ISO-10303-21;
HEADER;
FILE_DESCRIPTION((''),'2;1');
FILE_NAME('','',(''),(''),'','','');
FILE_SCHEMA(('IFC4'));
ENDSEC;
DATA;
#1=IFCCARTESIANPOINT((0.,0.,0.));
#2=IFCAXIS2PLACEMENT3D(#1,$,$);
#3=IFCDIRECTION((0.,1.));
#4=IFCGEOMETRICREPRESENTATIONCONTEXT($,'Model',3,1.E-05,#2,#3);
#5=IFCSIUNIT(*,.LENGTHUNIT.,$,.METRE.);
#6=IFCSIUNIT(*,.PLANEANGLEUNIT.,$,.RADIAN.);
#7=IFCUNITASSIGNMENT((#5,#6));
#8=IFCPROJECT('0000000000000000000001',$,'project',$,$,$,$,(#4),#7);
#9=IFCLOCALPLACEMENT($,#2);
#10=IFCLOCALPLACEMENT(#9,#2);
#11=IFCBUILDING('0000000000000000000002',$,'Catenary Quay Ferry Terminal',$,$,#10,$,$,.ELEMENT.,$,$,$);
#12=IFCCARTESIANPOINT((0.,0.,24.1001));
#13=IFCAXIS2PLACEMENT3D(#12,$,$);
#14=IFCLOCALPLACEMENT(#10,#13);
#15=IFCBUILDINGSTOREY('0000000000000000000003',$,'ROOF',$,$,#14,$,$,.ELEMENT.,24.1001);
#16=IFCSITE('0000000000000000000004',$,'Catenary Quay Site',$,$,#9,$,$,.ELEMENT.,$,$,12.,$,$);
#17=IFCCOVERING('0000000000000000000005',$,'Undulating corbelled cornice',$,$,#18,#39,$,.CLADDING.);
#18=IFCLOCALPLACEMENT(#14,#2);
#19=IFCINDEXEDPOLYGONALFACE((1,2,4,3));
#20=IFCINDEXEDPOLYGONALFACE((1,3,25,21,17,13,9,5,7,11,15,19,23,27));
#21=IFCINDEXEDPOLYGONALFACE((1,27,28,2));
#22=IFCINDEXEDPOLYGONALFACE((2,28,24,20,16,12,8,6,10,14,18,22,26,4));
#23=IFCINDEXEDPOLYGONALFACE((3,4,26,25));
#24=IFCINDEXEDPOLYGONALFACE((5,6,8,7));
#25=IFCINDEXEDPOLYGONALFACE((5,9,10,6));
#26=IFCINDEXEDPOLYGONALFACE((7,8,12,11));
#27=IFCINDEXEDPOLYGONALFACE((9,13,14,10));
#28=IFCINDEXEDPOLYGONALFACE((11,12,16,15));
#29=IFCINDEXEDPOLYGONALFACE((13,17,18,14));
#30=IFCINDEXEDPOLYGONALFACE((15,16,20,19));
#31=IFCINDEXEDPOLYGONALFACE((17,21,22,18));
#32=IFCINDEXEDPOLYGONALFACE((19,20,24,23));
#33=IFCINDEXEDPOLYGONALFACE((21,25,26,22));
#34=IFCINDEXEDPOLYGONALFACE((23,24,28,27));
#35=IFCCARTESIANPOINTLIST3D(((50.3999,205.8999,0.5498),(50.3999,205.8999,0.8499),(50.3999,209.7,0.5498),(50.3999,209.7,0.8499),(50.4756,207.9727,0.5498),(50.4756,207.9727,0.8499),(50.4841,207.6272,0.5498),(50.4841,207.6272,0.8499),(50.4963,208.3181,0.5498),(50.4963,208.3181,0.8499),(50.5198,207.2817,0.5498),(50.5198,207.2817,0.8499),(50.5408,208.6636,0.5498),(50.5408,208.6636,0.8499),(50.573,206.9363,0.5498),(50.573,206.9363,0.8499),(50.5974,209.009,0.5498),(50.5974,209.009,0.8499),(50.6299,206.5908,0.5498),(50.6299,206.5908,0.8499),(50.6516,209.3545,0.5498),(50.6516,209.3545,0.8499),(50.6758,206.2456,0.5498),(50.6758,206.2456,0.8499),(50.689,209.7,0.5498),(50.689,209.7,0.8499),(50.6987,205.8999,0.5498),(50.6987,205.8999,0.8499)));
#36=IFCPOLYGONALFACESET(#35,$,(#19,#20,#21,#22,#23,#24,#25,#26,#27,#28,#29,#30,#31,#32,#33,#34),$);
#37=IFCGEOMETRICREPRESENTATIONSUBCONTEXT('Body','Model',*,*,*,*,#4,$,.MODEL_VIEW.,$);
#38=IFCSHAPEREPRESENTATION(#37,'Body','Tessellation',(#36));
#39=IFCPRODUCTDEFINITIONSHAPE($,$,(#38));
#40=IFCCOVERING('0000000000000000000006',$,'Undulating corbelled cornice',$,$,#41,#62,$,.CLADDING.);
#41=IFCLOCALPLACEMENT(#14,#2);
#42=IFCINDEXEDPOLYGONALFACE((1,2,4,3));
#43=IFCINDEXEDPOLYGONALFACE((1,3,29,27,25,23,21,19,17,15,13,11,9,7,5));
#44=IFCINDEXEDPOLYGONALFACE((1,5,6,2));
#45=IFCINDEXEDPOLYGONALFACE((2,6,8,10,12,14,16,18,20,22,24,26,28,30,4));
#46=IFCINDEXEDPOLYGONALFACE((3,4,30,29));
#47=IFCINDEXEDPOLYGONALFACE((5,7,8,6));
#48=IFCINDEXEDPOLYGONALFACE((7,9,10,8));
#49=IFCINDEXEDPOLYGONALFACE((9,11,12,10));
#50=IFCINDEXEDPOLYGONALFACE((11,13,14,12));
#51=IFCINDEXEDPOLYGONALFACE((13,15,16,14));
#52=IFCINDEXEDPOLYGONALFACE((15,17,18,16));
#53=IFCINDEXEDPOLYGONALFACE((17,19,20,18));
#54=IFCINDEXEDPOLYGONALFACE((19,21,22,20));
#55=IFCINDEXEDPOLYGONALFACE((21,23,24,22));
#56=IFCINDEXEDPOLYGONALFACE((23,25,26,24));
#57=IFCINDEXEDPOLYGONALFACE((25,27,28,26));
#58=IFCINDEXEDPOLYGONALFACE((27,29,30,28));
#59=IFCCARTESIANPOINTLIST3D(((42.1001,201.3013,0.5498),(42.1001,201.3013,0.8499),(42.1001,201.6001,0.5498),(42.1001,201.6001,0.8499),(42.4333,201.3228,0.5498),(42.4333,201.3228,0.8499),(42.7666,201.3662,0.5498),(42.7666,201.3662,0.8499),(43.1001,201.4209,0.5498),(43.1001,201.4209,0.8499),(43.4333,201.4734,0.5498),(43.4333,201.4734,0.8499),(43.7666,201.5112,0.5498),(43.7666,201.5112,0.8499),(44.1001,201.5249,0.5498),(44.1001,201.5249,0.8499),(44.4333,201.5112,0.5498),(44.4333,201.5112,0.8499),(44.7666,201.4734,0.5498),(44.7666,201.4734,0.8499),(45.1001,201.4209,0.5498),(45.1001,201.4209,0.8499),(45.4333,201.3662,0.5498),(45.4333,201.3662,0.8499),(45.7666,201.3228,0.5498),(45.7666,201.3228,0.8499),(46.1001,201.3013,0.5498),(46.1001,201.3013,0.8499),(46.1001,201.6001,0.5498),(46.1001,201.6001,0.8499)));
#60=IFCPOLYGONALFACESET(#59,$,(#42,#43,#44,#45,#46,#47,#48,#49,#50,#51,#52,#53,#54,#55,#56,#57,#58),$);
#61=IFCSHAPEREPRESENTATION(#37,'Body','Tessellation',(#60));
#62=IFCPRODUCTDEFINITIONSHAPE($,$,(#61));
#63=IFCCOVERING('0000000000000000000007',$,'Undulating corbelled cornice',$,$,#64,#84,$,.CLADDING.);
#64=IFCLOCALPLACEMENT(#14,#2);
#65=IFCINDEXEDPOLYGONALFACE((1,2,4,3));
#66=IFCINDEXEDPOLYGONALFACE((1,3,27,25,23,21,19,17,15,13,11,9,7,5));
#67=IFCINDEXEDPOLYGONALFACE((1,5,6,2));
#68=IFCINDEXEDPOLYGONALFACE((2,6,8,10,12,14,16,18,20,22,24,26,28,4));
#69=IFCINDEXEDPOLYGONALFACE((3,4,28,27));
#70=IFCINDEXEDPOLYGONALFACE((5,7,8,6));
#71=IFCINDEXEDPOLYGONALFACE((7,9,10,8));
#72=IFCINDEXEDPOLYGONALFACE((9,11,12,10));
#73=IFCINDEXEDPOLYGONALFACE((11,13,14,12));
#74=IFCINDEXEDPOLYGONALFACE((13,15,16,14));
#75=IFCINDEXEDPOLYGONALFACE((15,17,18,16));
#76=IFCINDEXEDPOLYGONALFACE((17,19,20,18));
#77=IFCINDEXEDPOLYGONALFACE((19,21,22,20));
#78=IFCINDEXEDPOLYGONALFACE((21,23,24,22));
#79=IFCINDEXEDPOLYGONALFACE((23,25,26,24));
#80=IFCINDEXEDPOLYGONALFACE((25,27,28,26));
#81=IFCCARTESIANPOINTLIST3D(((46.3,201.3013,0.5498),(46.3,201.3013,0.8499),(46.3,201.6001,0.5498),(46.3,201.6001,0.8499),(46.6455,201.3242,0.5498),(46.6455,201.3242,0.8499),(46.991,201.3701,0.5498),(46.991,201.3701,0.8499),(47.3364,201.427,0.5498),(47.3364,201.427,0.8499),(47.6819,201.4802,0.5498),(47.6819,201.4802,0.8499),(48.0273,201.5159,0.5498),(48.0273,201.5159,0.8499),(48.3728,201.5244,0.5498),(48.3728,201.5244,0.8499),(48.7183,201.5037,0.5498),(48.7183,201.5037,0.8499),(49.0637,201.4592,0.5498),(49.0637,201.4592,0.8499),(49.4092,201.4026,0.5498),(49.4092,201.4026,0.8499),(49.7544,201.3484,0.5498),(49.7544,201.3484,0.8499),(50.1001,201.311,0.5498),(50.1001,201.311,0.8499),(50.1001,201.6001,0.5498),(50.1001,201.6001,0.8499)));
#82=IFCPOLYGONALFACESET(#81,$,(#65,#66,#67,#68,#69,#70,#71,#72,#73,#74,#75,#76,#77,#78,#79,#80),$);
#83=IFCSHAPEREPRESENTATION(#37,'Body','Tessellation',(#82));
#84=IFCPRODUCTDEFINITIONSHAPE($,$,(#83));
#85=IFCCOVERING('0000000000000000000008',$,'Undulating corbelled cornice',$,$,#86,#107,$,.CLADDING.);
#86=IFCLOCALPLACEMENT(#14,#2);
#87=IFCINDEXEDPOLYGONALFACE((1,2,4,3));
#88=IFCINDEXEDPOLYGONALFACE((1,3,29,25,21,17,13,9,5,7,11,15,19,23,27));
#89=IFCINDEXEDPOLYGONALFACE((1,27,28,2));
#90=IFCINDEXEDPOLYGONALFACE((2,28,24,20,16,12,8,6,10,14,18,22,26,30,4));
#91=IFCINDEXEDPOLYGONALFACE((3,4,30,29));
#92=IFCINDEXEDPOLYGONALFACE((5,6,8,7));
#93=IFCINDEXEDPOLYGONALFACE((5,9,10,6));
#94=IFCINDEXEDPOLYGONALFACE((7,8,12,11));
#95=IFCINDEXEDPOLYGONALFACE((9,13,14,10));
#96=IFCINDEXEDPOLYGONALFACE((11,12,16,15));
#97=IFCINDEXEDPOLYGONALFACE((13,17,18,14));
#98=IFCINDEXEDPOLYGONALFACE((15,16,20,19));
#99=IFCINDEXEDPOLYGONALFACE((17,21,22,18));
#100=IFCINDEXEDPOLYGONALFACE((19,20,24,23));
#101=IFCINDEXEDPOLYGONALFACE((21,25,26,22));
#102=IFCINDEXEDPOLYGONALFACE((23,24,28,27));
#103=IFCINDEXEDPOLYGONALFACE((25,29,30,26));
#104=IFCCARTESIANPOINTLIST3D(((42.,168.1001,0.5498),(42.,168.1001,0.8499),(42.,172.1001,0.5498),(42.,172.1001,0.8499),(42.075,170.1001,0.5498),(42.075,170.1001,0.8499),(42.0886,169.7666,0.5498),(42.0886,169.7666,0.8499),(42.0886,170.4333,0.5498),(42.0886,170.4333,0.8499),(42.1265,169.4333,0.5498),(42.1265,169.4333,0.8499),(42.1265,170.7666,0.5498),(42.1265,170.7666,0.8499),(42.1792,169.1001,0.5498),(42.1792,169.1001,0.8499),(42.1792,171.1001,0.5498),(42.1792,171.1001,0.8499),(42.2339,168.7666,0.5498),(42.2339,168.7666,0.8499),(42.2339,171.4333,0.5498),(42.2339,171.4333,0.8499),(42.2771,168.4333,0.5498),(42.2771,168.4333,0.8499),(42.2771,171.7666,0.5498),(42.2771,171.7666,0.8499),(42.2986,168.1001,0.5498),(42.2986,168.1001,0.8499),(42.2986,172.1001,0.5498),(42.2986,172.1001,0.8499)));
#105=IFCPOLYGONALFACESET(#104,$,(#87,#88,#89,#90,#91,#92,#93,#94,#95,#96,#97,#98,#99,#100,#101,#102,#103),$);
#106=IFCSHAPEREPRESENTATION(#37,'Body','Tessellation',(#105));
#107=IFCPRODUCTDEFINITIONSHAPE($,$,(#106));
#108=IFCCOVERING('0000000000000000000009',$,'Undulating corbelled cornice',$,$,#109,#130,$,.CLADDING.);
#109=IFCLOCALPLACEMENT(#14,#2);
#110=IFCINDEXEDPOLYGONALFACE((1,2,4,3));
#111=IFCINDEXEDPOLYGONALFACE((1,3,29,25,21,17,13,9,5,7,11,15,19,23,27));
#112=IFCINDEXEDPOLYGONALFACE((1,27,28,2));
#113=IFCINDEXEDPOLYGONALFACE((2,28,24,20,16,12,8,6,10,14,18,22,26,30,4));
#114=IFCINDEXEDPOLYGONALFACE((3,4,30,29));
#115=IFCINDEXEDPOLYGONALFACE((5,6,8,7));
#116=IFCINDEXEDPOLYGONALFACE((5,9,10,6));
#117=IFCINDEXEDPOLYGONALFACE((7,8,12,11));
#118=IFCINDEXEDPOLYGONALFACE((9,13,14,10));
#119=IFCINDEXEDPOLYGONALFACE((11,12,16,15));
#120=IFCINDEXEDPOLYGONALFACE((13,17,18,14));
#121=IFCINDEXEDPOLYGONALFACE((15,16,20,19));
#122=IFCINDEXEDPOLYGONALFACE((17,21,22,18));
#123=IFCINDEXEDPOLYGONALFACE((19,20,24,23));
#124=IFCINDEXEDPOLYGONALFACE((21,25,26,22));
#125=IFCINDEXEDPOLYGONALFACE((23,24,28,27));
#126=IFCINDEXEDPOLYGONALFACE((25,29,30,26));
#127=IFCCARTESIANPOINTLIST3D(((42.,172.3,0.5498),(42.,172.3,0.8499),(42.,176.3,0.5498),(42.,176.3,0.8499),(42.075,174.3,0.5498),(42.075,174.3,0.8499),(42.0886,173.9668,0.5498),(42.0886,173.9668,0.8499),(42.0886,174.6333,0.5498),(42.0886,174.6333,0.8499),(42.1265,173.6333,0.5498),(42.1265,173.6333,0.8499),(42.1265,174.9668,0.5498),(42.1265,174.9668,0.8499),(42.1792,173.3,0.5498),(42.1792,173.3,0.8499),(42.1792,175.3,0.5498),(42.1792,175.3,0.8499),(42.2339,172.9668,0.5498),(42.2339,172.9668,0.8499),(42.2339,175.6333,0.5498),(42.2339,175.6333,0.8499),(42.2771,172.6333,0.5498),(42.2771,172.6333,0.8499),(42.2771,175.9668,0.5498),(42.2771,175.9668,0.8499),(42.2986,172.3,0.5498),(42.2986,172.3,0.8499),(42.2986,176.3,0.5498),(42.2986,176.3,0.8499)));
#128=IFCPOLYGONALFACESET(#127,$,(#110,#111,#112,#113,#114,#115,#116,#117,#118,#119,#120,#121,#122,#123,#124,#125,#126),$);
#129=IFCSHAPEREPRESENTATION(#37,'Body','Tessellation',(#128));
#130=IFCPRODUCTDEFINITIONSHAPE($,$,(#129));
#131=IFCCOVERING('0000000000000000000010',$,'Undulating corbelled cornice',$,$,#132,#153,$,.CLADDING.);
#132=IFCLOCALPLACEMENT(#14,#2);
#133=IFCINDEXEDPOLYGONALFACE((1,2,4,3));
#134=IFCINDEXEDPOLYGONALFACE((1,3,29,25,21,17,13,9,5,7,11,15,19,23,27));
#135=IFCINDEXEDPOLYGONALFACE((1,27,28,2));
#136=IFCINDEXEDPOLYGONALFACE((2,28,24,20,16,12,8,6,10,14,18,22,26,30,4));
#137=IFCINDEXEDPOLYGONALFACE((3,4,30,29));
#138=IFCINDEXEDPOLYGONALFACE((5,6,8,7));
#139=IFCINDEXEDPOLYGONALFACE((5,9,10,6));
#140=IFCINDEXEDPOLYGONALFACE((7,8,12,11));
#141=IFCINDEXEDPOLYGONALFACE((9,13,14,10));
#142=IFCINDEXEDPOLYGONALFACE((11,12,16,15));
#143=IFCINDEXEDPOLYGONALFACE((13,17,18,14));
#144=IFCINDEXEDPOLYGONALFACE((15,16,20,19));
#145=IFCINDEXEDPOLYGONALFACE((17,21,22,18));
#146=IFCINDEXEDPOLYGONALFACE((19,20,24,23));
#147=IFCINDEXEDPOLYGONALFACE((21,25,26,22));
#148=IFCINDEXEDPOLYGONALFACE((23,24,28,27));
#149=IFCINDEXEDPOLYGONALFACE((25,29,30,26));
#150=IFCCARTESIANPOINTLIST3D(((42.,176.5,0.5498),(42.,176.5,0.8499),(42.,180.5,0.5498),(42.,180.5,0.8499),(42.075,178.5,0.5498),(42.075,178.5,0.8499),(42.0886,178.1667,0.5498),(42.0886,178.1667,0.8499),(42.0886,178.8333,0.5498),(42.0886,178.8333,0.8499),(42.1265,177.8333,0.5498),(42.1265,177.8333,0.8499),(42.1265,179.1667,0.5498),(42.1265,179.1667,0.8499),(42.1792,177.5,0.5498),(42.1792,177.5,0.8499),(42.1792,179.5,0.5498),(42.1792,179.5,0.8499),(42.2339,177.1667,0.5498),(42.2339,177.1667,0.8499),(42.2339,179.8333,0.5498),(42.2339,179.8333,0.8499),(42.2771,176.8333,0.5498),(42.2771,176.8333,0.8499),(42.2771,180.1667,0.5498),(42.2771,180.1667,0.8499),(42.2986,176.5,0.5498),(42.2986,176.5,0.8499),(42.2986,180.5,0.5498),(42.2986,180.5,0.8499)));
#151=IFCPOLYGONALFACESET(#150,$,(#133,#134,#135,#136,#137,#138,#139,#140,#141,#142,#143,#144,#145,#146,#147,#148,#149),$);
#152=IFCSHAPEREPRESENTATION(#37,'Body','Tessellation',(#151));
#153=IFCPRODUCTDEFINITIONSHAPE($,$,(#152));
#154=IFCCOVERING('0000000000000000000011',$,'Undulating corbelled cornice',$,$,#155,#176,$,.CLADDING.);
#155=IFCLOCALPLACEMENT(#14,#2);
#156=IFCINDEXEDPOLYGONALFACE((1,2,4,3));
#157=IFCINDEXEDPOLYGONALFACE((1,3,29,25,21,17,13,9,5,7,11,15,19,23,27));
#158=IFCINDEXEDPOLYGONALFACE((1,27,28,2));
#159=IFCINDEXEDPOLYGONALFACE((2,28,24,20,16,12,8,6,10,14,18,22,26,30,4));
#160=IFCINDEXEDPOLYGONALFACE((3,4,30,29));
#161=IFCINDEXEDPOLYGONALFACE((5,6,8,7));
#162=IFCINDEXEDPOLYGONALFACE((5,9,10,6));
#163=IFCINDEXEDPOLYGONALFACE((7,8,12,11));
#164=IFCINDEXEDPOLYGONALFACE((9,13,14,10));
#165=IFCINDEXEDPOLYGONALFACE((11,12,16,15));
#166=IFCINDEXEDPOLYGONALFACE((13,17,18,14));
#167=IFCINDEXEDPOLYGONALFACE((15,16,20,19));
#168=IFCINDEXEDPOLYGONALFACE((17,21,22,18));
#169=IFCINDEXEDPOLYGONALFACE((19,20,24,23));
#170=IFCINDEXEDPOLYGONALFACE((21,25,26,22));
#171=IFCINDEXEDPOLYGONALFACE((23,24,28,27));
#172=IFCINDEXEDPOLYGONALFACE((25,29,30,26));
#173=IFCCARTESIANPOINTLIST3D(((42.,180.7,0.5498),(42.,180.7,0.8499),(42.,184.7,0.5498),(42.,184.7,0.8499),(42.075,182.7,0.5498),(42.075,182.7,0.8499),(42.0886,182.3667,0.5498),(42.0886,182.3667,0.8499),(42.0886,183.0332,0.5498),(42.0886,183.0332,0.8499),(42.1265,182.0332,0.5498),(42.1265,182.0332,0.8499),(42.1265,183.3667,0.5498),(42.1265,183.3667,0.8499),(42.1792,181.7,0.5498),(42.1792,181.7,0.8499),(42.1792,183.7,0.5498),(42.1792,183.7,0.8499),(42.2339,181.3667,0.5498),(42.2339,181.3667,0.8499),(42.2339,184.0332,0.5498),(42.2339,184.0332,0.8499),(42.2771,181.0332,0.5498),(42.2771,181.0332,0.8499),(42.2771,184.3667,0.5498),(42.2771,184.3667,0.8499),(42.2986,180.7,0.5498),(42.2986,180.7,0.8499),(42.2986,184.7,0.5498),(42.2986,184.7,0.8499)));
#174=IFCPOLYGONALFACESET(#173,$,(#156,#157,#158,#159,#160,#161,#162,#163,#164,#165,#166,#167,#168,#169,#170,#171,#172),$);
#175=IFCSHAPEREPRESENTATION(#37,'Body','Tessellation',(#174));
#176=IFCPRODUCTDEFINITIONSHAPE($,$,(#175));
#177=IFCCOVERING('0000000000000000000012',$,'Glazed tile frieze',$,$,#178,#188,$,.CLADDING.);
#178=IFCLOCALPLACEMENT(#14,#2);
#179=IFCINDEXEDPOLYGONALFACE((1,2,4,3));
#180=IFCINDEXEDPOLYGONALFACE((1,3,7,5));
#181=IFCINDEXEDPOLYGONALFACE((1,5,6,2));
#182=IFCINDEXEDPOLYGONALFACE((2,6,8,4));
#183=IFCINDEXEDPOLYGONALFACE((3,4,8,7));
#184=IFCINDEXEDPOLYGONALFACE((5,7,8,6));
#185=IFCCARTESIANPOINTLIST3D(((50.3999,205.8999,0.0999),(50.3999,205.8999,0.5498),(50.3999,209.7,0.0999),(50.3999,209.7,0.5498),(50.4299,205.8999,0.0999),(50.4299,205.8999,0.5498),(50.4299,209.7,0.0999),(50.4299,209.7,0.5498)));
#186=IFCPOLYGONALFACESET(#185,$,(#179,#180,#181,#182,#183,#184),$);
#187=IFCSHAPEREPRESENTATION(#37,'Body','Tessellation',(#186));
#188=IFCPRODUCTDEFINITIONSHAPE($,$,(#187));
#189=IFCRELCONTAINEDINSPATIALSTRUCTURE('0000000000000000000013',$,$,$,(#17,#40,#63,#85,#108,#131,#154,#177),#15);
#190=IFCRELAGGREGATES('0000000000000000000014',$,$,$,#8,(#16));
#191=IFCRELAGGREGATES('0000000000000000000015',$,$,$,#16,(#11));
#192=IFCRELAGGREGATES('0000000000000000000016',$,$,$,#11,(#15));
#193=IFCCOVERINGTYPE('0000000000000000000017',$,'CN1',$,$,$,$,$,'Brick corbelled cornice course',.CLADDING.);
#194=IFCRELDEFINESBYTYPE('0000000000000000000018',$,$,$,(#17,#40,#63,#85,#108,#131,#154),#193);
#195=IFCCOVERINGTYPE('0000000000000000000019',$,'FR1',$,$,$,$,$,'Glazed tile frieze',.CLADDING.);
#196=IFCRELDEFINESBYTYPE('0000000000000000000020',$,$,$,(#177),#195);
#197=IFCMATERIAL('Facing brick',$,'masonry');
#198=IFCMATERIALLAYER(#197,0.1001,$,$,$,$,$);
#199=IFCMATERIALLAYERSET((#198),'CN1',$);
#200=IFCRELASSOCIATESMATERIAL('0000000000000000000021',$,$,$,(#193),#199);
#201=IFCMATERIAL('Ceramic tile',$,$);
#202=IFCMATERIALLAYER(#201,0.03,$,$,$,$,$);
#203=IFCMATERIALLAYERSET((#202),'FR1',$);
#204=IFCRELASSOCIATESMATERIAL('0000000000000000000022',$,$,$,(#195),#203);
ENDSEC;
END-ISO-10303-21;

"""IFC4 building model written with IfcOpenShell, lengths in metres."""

from ifc_helpers import new_model, si_unit, direction, frame, origin, place, context, subcontext, project, spatial, polyline, outline, extrude, material, layer, layer_set, type_object, element, save


model = new_model("IFC4")

# Units and contexts
model_context = context("Model", 3, precision=1e-05, world=origin(), true_north=direction((0.0, 1.0)))
body_context = subcontext(model_context, "Body", "Model", "MODEL_VIEW")
ifc_project = project(units=[si_unit("LENGTHUNIT", "METRE"), si_unit("PLANEANGLEUNIT", "RADIAN")], contexts=[model_context])

# Site, building, storey
site_placement = place(None, origin())
site = spatial("IfcSite", under=ifc_project, at=site_placement, Name="Catenary Quay Site", CompositionType="ELEMENT", RefElevation=12.0)
building_placement = place(site_placement, origin())
building = spatial("IfcBuilding", under=site, at=building_placement, Name="Catenary Quay Ferry Terminal", CompositionType="ELEMENT")
storey_placement = place(building_placement, frame((0.0, 0.0, 24.1001)))
storey = spatial("IfcBuildingStorey", under=building, at=storey_placement, Name="ROOF", CompositionType="ELEMENT", Elevation=24.1001)

# Coverings
ifc_material_1 = material(Name="Facing brick", Category="masonry")
ifc_layer_1 = layer(ifc_material_1, 0.1001)
ifc_layer_set_1 = layer_set([ifc_layer_1], Name="CN1")
covering_type_1 = type_object("IfcCoveringType", Name="CN1", ElementType="Brick corbelled cornice course", PredefinedType="CLADDING", material=ifc_layer_set_1)
covering_1_placement = place(storey_placement, frame((0.0, 0.0, 0.5498)))
element("IfcCovering", 1, at=covering_1_placement, inside=storey, type_object=covering_type_1, Name="Undulating corbelled cornice", PredefinedType="CLADDING", context=body_context, shape_type="SweptSolid", body=[
    extrude(outline(polyline([(50.3999, 205.8999), (50.6987, 205.8999), (50.6758, 206.2456), (50.6299, 206.5908), (50.573, 206.9363), (50.5198, 207.2817), (50.4841, 207.6272), (50.4756, 207.9727), (50.4963, 208.3181), (50.5408, 208.6636), (50.5974, 209.009), (50.6516, 209.3545), (50.689, 209.7), (50.3999, 209.7), (50.3999, 205.8999)])), origin(), (0.0, 0.0, 1.0), 0.3),
])
covering_2_placement = place(storey_placement, frame((0.0, 0.0, 0.5498)))
element("IfcCovering", 2, at=covering_2_placement, inside=storey, type_object=covering_type_1, Name="Undulating corbelled cornice", PredefinedType="CLADDING", context=body_context, shape_type="SweptSolid", body=[
    extrude(outline(polyline([(42.1001, 201.6001), (42.1001, 201.3013), (42.4333, 201.3228), (42.7666, 201.3662), (43.1001, 201.4209), (43.4333, 201.4734), (43.7666, 201.5112), (44.1001, 201.5249), (44.4333, 201.5112), (44.7666, 201.4734), (45.1001, 201.4209), (45.4333, 201.3662), (45.7666, 201.3228), (46.1001, 201.3013), (46.1001, 201.6001), (42.1001, 201.6001)])), origin(), (0.0, 0.0, 1.0), 0.3),
])
covering_3_placement = place(storey_placement, frame((0.0, 0.0, 0.5498)))
element("IfcCovering", 3, at=covering_3_placement, inside=storey, type_object=covering_type_1, Name="Undulating corbelled cornice", PredefinedType="CLADDING", context=body_context, shape_type="SweptSolid", body=[
    extrude(outline(polyline([(46.3, 201.6001), (46.3, 201.3013), (46.6455, 201.3242), (46.991, 201.3701), (47.3364, 201.427), (47.6819, 201.4802), (48.0273, 201.5159), (48.3728, 201.5244), (48.7183, 201.5037), (49.0637, 201.4592), (49.4092, 201.4026), (49.7544, 201.3484), (50.1001, 201.311), (50.1001, 201.6001), (46.3, 201.6001)])), origin(), (0.0, 0.0, 1.0), 0.3),
])
covering_4_placement = place(storey_placement, frame((0.0, 0.0, 0.5498)))
element("IfcCovering", 4, at=covering_4_placement, inside=storey, type_object=covering_type_1, Name="Undulating corbelled cornice", PredefinedType="CLADDING", context=body_context, shape_type="SweptSolid", body=[
    extrude(outline(polyline([(42.0, 168.1001), (42.2986, 168.1001), (42.2771, 168.4333), (42.2339, 168.7666), (42.1792, 169.1001), (42.1265, 169.4333), (42.0886, 169.7666), (42.075, 170.1001), (42.0886, 170.4333), (42.1265, 170.7666), (42.1792, 171.1001), (42.2339, 171.4333), (42.2771, 171.7666), (42.2986, 172.1001), (42.0, 172.1001), (42.0, 168.1001)])), origin(), (0.0, 0.0, 1.0), 0.3),
])
covering_5_placement = place(storey_placement, frame((0.0, 0.0, 0.5498)))
element("IfcCovering", 5, at=covering_5_placement, inside=storey, type_object=covering_type_1, Name="Undulating corbelled cornice", PredefinedType="CLADDING", context=body_context, shape_type="SweptSolid", body=[
    extrude(outline(polyline([(42.0, 172.3), (42.2986, 172.3), (42.2771, 172.6333), (42.2339, 172.9668), (42.1792, 173.3), (42.1265, 173.6333), (42.0886, 173.9668), (42.075, 174.3), (42.0886, 174.6333), (42.1265, 174.9668), (42.1792, 175.3), (42.2339, 175.6333), (42.2771, 175.9668), (42.2986, 176.3), (42.0, 176.3), (42.0, 172.3)])), origin(), (0.0, 0.0, 1.0), 0.3),
])
covering_6_placement = place(storey_placement, frame((0.0, 0.0, 0.5498)))
element("IfcCovering", 6, at=covering_6_placement, inside=storey, type_object=covering_type_1, Name="Undulating corbelled cornice", PredefinedType="CLADDING", context=body_context, shape_type="SweptSolid", body=[
    extrude(outline(polyline([(42.0, 176.5), (42.2986, 176.5), (42.2771, 176.8333), (42.2339, 177.1667), (42.1792, 177.5), (42.1265, 177.8333), (42.0886, 178.1667), (42.075, 178.5), (42.0886, 178.8333), (42.1265, 179.1667), (42.1792, 179.5), (42.2339, 179.8333), (42.2771, 180.1667), (42.2986, 180.5), (42.0, 180.5), (42.0, 176.5)])), origin(), (0.0, 0.0, 1.0), 0.3),
])
covering_7_placement = place(storey_placement, frame((0.0, 0.0, 0.5498)))
element("IfcCovering", 7, at=covering_7_placement, inside=storey, type_object=covering_type_1, Name="Undulating corbelled cornice", PredefinedType="CLADDING", context=body_context, shape_type="SweptSolid", body=[
    extrude(outline(polyline([(42.0, 180.7), (42.2986, 180.7), (42.2771, 181.0332), (42.2339, 181.3667), (42.1792, 181.7), (42.1265, 182.0332), (42.0886, 182.3667), (42.075, 182.7), (42.0886, 183.0332), (42.1265, 183.3667), (42.1792, 183.7), (42.2339, 184.0332), (42.2771, 184.3667), (42.2986, 184.7), (42.0, 184.7), (42.0, 180.7)])), origin(), (0.0, 0.0, 1.0), 0.3),
])
ifc_material_2 = material(Name="Ceramic tile")
ifc_layer_2 = layer(ifc_material_2, 0.03)
ifc_layer_set_2 = layer_set([ifc_layer_2], Name="FR1")
covering_type_2 = type_object("IfcCoveringType", Name="FR1", ElementType="Glazed tile frieze", PredefinedType="CLADDING", material=ifc_layer_set_2)
covering_8_placement = place(storey_placement, frame((0.0, 0.0, 0.0999)))
element("IfcCovering", 8, at=covering_8_placement, inside=storey, type_object=covering_type_2, Name="Glazed tile frieze", PredefinedType="CLADDING", context=body_context, shape_type="SweptSolid", body=[
    extrude(outline(polyline([(50.3999, 205.8999), (50.3999, 209.7), (50.4299, 209.7), (50.4299, 205.8999), (50.3999, 205.8999)])), origin(), (0.0, 0.0, 1.0), 0.45),
])

save(model, "model.ifc")
